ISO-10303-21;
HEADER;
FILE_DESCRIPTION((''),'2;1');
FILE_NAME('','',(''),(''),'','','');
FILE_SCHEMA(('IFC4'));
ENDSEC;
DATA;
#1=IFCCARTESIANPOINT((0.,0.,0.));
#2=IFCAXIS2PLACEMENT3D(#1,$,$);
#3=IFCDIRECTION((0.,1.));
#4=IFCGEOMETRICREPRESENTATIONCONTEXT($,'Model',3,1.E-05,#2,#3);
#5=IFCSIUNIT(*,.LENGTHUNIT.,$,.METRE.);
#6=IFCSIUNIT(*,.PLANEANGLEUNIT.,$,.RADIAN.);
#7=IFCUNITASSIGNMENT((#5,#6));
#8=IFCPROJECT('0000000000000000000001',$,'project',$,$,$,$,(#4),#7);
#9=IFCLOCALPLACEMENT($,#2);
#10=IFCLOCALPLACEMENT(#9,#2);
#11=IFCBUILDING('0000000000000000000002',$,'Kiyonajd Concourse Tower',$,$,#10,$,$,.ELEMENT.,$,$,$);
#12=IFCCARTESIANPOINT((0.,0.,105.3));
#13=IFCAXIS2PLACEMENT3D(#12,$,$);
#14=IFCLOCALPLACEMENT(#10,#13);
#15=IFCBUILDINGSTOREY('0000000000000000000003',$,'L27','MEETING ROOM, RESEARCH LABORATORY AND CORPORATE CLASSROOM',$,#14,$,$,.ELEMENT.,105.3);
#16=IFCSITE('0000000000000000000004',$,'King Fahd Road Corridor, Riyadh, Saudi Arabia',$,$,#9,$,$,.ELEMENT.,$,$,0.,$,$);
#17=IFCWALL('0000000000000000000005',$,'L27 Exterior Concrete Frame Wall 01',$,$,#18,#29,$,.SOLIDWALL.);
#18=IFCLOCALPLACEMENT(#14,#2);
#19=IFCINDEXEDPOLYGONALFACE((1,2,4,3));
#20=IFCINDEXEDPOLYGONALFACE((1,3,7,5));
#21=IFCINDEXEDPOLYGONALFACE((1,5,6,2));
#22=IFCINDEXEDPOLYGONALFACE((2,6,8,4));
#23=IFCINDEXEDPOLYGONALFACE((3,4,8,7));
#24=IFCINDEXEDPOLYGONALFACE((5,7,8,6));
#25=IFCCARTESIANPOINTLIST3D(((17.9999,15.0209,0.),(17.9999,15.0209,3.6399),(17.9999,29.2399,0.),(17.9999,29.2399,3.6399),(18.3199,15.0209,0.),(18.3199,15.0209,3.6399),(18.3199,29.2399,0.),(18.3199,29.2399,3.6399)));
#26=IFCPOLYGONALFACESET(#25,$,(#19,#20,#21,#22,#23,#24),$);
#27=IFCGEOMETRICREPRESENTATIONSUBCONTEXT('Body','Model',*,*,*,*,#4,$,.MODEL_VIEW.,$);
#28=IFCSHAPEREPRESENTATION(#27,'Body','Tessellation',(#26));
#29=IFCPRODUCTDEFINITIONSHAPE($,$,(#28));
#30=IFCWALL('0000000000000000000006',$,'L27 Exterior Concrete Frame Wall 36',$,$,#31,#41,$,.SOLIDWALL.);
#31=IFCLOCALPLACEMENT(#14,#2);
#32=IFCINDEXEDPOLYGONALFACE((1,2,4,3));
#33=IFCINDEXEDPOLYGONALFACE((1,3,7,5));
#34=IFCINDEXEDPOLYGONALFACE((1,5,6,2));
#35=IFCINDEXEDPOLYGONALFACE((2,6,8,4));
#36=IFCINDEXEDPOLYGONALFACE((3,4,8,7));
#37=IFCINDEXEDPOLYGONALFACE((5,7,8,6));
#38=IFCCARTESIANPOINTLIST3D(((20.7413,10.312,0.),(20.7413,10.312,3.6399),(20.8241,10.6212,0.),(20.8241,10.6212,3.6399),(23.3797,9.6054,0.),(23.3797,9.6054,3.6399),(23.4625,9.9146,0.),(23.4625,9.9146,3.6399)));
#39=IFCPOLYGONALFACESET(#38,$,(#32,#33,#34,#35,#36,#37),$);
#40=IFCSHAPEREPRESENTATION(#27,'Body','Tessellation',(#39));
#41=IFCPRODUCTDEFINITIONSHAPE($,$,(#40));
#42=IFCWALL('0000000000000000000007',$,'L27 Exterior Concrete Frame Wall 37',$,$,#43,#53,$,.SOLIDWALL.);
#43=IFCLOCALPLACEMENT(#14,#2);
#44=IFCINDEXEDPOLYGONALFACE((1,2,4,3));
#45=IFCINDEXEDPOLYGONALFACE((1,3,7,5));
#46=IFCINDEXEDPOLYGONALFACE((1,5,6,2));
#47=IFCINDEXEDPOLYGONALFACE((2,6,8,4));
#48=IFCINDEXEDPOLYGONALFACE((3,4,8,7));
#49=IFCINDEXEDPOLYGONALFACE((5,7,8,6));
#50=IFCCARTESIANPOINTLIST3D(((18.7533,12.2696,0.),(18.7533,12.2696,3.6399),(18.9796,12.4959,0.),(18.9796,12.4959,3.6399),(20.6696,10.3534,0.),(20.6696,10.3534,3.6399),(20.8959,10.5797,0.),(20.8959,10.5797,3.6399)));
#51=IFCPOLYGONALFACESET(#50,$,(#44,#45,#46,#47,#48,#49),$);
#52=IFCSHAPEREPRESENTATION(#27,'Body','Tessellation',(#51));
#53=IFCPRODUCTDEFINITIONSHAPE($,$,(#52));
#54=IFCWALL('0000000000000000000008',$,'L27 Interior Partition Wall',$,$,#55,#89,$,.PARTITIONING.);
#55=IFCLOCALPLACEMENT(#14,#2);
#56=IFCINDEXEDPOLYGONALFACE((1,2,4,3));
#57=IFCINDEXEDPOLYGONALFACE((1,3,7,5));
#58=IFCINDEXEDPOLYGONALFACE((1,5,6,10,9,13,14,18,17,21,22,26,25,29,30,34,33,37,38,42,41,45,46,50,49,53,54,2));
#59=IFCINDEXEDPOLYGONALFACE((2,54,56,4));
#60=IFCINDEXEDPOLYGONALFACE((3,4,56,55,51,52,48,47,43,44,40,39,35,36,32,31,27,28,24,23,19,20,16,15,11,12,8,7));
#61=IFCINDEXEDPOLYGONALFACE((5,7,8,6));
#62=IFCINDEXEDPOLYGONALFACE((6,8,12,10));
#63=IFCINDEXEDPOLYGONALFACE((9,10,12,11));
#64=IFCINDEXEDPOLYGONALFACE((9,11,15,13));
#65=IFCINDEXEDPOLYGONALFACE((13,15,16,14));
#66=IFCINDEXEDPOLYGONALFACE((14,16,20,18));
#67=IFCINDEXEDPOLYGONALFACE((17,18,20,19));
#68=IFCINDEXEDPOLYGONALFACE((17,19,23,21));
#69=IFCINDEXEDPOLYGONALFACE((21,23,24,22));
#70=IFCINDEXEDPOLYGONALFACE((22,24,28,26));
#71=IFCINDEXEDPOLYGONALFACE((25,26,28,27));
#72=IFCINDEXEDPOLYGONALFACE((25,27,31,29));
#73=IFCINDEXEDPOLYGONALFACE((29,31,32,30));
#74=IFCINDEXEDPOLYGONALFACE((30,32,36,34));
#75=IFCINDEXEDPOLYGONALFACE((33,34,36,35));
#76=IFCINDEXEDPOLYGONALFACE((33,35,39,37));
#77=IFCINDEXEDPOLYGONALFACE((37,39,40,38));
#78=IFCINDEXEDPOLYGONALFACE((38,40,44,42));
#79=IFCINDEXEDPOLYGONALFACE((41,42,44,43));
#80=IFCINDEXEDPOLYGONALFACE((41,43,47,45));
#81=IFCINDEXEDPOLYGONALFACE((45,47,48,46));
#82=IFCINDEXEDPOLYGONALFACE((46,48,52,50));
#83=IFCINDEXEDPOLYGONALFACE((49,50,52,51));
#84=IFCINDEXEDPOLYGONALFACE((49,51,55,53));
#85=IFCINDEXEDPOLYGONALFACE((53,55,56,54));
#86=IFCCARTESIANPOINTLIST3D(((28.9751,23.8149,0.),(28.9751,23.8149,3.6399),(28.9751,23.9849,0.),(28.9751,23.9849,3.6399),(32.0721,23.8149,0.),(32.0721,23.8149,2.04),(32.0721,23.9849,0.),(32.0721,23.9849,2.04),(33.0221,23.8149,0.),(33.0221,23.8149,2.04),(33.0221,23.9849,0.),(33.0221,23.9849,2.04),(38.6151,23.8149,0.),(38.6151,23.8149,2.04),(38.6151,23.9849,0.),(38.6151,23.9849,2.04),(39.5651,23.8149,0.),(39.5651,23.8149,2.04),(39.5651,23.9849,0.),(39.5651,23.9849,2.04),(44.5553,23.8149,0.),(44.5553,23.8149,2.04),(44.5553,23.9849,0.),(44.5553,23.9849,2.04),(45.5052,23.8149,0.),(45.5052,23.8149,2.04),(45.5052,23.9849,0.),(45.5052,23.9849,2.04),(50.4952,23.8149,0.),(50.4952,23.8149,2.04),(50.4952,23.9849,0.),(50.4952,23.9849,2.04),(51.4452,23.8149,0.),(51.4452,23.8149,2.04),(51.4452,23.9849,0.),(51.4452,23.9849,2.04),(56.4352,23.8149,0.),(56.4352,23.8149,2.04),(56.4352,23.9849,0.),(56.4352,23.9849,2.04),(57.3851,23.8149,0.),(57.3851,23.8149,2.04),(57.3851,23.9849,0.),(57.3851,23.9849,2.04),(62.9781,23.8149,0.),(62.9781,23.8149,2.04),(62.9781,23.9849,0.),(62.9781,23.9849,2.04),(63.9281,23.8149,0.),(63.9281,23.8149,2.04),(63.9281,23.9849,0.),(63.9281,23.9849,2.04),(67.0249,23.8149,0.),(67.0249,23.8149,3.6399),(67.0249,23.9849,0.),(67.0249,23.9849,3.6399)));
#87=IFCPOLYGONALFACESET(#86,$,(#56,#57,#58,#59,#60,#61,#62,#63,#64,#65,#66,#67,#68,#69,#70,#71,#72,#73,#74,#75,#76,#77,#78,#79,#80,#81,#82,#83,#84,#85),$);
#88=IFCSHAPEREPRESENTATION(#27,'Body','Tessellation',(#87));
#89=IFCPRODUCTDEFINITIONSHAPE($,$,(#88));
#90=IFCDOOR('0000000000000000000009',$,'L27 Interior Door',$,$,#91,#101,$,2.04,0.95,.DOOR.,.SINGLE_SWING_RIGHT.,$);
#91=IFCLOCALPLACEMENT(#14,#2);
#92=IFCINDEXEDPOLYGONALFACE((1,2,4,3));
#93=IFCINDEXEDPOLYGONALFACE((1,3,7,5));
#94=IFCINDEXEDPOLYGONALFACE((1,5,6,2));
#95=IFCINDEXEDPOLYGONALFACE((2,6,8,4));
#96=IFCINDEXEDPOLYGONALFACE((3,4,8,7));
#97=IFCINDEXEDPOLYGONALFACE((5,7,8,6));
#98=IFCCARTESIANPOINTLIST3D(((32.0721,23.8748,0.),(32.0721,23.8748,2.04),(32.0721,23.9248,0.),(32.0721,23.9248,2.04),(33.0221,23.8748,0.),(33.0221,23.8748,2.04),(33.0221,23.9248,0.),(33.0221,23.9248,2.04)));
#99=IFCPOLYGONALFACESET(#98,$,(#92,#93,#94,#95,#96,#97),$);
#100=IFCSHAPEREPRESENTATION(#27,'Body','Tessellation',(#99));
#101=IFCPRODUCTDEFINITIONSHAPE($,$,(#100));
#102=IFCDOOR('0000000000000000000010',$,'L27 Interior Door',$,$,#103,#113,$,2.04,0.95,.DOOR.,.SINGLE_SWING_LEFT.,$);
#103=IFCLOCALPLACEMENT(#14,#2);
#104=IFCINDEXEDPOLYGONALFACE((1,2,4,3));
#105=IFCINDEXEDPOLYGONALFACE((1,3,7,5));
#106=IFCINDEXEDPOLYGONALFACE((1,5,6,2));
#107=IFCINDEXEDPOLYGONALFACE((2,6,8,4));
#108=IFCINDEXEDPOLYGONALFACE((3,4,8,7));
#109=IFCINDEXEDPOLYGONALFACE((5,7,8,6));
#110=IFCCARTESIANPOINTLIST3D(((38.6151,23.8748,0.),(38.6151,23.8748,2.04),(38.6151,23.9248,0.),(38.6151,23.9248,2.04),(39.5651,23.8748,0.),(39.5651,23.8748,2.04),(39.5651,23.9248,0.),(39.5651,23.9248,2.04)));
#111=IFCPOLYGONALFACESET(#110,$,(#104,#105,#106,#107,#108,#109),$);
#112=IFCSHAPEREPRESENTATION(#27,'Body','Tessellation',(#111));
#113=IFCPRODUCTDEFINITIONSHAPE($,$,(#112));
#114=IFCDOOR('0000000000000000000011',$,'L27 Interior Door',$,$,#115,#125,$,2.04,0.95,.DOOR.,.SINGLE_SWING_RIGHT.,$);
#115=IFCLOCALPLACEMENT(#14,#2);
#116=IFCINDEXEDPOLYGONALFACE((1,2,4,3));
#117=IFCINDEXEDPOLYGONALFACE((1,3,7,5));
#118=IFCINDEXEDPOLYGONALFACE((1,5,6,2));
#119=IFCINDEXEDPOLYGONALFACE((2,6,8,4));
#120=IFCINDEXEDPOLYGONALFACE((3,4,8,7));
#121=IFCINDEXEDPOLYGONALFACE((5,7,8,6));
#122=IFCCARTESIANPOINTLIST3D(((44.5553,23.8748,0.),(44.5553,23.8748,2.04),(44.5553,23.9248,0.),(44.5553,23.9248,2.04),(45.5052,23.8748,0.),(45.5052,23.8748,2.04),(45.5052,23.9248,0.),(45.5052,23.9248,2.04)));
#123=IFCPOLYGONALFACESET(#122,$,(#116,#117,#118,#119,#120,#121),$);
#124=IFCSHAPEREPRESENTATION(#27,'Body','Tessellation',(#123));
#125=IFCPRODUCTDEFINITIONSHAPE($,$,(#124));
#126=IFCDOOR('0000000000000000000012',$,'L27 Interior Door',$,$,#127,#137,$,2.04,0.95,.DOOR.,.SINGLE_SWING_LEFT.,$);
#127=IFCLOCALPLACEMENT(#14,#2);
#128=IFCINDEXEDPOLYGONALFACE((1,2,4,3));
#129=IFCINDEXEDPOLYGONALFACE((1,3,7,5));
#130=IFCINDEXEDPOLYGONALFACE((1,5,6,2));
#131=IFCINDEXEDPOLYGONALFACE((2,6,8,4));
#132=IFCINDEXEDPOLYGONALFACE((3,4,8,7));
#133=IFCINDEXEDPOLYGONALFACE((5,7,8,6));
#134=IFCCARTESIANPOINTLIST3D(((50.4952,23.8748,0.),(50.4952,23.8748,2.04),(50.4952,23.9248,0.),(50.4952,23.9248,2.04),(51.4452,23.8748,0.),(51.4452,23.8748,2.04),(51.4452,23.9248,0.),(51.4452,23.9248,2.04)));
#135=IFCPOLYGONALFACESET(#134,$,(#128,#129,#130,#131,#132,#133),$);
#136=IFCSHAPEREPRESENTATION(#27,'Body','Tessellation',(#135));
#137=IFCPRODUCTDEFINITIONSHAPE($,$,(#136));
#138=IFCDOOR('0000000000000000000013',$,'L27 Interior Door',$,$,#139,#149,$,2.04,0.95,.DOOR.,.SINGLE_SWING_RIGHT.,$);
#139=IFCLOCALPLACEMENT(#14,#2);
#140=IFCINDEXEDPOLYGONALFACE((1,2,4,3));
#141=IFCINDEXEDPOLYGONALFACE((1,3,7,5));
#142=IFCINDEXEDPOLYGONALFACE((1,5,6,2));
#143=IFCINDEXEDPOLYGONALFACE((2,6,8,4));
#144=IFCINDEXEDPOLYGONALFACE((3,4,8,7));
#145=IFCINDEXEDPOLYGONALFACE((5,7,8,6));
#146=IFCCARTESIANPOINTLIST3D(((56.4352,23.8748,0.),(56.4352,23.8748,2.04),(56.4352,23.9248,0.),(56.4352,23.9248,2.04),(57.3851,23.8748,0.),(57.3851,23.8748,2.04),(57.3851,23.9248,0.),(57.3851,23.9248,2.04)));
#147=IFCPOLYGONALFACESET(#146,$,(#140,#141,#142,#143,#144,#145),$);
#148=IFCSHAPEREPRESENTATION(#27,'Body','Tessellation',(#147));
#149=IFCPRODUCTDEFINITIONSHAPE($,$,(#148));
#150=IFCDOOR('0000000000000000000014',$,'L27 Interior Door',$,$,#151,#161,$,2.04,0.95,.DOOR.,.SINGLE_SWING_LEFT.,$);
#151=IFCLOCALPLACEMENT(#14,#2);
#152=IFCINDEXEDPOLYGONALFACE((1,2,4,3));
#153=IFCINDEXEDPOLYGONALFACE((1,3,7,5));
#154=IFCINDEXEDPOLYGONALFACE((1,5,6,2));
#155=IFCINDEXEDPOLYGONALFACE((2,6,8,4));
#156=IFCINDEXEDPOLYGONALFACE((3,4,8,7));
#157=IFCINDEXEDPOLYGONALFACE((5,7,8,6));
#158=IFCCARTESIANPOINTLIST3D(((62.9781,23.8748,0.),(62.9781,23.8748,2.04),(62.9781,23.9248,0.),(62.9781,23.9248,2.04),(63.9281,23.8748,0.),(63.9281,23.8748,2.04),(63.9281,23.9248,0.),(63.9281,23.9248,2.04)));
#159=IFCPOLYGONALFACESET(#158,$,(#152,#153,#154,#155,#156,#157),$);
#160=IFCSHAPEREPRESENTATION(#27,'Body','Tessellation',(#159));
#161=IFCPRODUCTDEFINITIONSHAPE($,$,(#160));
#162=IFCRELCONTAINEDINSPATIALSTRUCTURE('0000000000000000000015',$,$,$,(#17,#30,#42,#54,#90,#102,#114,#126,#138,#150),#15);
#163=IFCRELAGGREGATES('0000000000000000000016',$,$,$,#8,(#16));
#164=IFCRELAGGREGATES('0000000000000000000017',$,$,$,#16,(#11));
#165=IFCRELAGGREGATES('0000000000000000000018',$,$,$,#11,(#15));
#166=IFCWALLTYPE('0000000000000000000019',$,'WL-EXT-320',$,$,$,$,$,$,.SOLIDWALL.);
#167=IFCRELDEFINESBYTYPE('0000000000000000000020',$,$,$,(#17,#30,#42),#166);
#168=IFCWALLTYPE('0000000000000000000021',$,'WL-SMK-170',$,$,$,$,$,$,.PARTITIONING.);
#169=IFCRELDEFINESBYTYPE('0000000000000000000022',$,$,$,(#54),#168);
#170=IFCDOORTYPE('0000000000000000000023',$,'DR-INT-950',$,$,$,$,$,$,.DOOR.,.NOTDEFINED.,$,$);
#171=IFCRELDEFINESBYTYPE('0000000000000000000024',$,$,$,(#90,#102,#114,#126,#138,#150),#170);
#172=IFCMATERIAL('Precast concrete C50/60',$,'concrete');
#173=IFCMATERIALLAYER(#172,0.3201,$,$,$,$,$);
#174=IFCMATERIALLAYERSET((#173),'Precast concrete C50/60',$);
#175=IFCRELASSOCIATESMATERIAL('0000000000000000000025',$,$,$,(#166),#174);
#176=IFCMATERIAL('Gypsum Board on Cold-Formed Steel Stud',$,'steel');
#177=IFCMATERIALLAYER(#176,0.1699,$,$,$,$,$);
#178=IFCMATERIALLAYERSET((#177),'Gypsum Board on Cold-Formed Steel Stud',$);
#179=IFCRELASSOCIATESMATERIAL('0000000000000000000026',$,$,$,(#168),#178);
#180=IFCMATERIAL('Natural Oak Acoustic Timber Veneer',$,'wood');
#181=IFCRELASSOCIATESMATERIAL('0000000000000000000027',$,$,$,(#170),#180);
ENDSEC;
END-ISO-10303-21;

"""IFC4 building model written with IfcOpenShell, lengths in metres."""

from ifc_helpers import new_model, si_unit, direction, frame, frame_2d, origin, place, context, subcontext, project, spatial, rectangle, extrude, material, layer, layer_set, type_object, element, fill, save


model = new_model("IFC4")

# Units and contexts
model_context = context("Model", 3, precision=1e-05, world=origin(), true_north=direction((0.0, 1.0)))
body_context = subcontext(model_context, "Body", "Model", "MODEL_VIEW")
ifc_project = project(units=[si_unit("LENGTHUNIT", "METRE"), si_unit("PLANEANGLEUNIT", "RADIAN")], contexts=[model_context])

# Site, building, storey
site_placement = place(None, origin())
site = spatial("IfcSite", under=ifc_project, at=site_placement, Name="King Fahd Road Corridor, Riyadh, Saudi Arabia", CompositionType="ELEMENT", RefElevation=0.0)
building_placement = place(site_placement, origin())
building = spatial("IfcBuilding", under=site, at=building_placement, Name="Kiyonajd Concourse Tower", CompositionType="ELEMENT")
storey_placement = place(building_placement, frame((0.0, 0.0, 105.3)))
storey = spatial("IfcBuildingStorey", under=building, at=storey_placement, Name="L27", Description="MEETING ROOM, RESEARCH LABORATORY AND CORPORATE CLASSROOM", CompositionType="ELEMENT", Elevation=105.3)

# Shared definitions
ifc_material_1 = material(Name="Precast concrete C50/60", Category="concrete")

# Walls
ifc_layer_1 = layer(ifc_material_1, 0.3201)
ifc_layer_set_1 = layer_set([ifc_layer_1], Name="Precast concrete C50/60")
wall_type_1 = type_object("IfcWallType", Name="WL-EXT-320", PredefinedType="SOLIDWALL", material=ifc_layer_set_1)
wall_1_placement = place(storey_placement, frame((18.1599, 15.021, 0.0), z_axis=(0.0, 0.0, 1.0), x_axis=(0.0, 1.0, 0.0)))
element("IfcWall", 1, at=wall_1_placement, inside=storey, type_object=wall_type_1, Name="L27 Exterior Concrete Frame Wall 01", PredefinedType="SOLIDWALL", context=body_context, shape_type="SweptSolid", body=[
    extrude(rectangle(XDim=14.219, YDim=0.3201, at=frame_2d((7.1094, 0.0))), origin(), (0.0, 0.0, 1.0), 3.6399),
])
wall_2_placement = place(storey_placement, frame((23.4211, 9.76, 0.0), z_axis=(0.0, 0.0, 1.0), x_axis=(-0.965964, 0.258675, 0.0)))
element("IfcWall", 2, at=wall_2_placement, inside=storey, type_object=wall_type_1, Name="L27 Exterior Concrete Frame Wall 36", PredefinedType="SOLIDWALL", context=body_context, shape_type="SweptSolid", body=[
    extrude(rectangle(XDim=2.7314, YDim=0.3201, at=frame_2d((1.3657, 0.0))), origin(), (0.0, 0.0, 1.0), 3.6399),
])
wall_3_placement = place(storey_placement, frame((20.7827, 10.4666, 0.0), z_axis=(0.0, 0.0, 1.0), x_axis=(-0.707107, 0.707107, 0.0)))
element("IfcWall", 3, at=wall_3_placement, inside=storey, type_object=wall_type_1, Name="L27 Exterior Concrete Frame Wall 37", PredefinedType="SOLIDWALL", context=body_context, shape_type="SweptSolid", body=[
    extrude(rectangle(XDim=2.71, YDim=0.3201, at=frame_2d((1.355, 0.0))), origin(), (0.0, 0.0, 1.0), 3.6399),
])

# Wall, openings, doors
ifc_material_2 = material(Name="Gypsum Board on Cold-Formed Steel Stud", Category="steel")
ifc_layer_2 = layer(ifc_material_2, 0.1699)
ifc_layer_set_2 = layer_set([ifc_layer_2], Name="Gypsum Board on Cold-Formed Steel Stud")
wall_type_2 = type_object("IfcWallType", Name="WL-SMK-170", PredefinedType="PARTITIONING", material=ifc_layer_set_2)
wall_4_placement = place(storey_placement, frame((28.9751, 23.8999, 0.0), z_axis=(0.0, 0.0, 1.0), x_axis=(1.0, 0.0, 0.0)))
wall_4 = element("IfcWall", 4, at=wall_4_placement, inside=storey, type_object=wall_type_2, Name="L27 Interior Partition Wall", PredefinedType="PARTITIONING", context=body_context, shape_type="SweptSolid", body=[
    extrude(rectangle(XDim=38.0498, YDim=0.1699, at=frame_2d((19.0249, 0.0))), origin(), (0.0, 0.0, 1.0), 3.6399),
])
opening_1_placement = place(wall_4_placement, frame((3.0969, 0.0, 0.0)))
opening_1 = element("IfcOpeningElement", 5, at=opening_1_placement, cuts=wall_4, PredefinedType="OPENING", context=body_context, shape_type="SweptSolid", body=[
    extrude(rectangle(XDim=0.95, YDim=2.04, at=frame_2d((0.4751, 1.02))), frame((0.0, 0.095, 0.0), z_axis=(0.0, -1.0, 0.0), x_axis=(1.0, 0.0, 0.0)), (0.0, 0.0, 1.0), 0.1899),
])
opening_2_placement = place(wall_4_placement, frame((9.6399, 0.0, 0.0)))
opening_2 = element("IfcOpeningElement", 6, at=opening_2_placement, cuts=wall_4, PredefinedType="OPENING", context=body_context, shape_type="SweptSolid", body=[
    extrude(rectangle(XDim=0.95, YDim=2.04, at=frame_2d((0.4751, 1.02))), frame((0.0, 0.095, 0.0), z_axis=(0.0, -1.0, 0.0), x_axis=(1.0, 0.0, 0.0)), (0.0, 0.0, 1.0), 0.1899),
])
opening_3_placement = place(wall_4_placement, frame((15.5801, 0.0, 0.0)))
opening_3 = element("IfcOpeningElement", 7, at=opening_3_placement, cuts=wall_4, PredefinedType="OPENING", context=body_context, shape_type="SweptSolid", body=[
    extrude(rectangle(XDim=0.95, YDim=2.04, at=frame_2d((0.4751, 1.02))), frame((0.0, 0.095, 0.0), z_axis=(0.0, -1.0, 0.0), x_axis=(1.0, 0.0, 0.0)), (0.0, 0.0, 1.0), 0.1899),
])
opening_4_placement = place(wall_4_placement, frame((21.52, 0.0, 0.0)))
opening_4 = element("IfcOpeningElement", 8, at=opening_4_placement, cuts=wall_4, PredefinedType="OPENING", context=body_context, shape_type="SweptSolid", body=[
    extrude(rectangle(XDim=0.95, YDim=2.04, at=frame_2d((0.4751, 1.02))), frame((0.0, 0.095, 0.0), z_axis=(0.0, -1.0, 0.0), x_axis=(1.0, 0.0, 0.0)), (0.0, 0.0, 1.0), 0.1899),
])
opening_5_placement = place(wall_4_placement, frame((27.46, 0.0, 0.0)))
opening_5 = element("IfcOpeningElement", 9, at=opening_5_placement, cuts=wall_4, PredefinedType="OPENING", context=body_context, shape_type="SweptSolid", body=[
    extrude(rectangle(XDim=0.95, YDim=2.04, at=frame_2d((0.4751, 1.02))), frame((0.0, 0.095, 0.0), z_axis=(0.0, -1.0, 0.0), x_axis=(1.0, 0.0, 0.0)), (0.0, 0.0, 1.0), 0.1899),
])
opening_6_placement = place(wall_4_placement, frame((34.0029, 0.0, 0.0)))
opening_6 = element("IfcOpeningElement", 10, at=opening_6_placement, cuts=wall_4, PredefinedType="OPENING", context=body_context, shape_type="SweptSolid", body=[
    extrude(rectangle(XDim=0.95, YDim=2.04, at=frame_2d((0.4751, 1.02))), frame((0.0, 0.095, 0.0), z_axis=(0.0, -1.0, 0.0), x_axis=(1.0, 0.0, 0.0)), (0.0, 0.0, 1.0), 0.1899),
])
ifc_material_3 = material(Name="Natural Oak Acoustic Timber Veneer", Category="wood")
door_type = type_object("IfcDoorType", Name="DR-INT-950", OperationType="NOTDEFINED", PredefinedType="DOOR", material=ifc_material_3)
door_1_placement = place(opening_1_placement, origin())
door_1 = element("IfcDoor", 11, at=door_1_placement, inside=storey, type_object=door_type, Name="L27 Interior Door", OperationType="SINGLE_SWING_RIGHT", OverallHeight=2.04, OverallWidth=0.95, PredefinedType="DOOR", context=body_context, shape_type="SweptSolid", body=[
    extrude(rectangle(XDim=0.95, YDim=2.04, at=frame_2d((0.4751, 1.02))), frame((0.0, 0.0249, 0.0), z_axis=(0.0, -1.0, 0.0), x_axis=(1.0, 0.0, 0.0)), (0.0, 0.0, 1.0), 0.05),
])
fill(opening_1, door_1)
door_2_placement = place(opening_2_placement, origin())
door_2 = element("IfcDoor", 12, at=door_2_placement, inside=storey, type_object=door_type, Name="L27 Interior Door", OperationType="SINGLE_SWING_LEFT", OverallHeight=2.04, OverallWidth=0.95, PredefinedType="DOOR", context=body_context, shape_type="SweptSolid", body=[
    extrude(rectangle(XDim=0.95, YDim=2.04, at=frame_2d((0.4751, 1.02))), frame((0.0, 0.0249, 0.0), z_axis=(0.0, -1.0, 0.0), x_axis=(1.0, 0.0, 0.0)), (0.0, 0.0, 1.0), 0.05),
])
fill(opening_2, door_2)
door_3_placement = place(opening_3_placement, origin())
door_3 = element("IfcDoor", 13, at=door_3_placement, inside=storey, type_object=door_type, Name="L27 Interior Door", OperationType="SINGLE_SWING_RIGHT", OverallHeight=2.04, OverallWidth=0.95, PredefinedType="DOOR", context=body_context, shape_type="SweptSolid", body=[
    extrude(rectangle(XDim=0.95, YDim=2.04, at=frame_2d((0.4751, 1.02))), frame((0.0, 0.0249, 0.0), z_axis=(0.0, -1.0, 0.0), x_axis=(1.0, 0.0, 0.0)), (0.0, 0.0, 1.0), 0.05),
])
fill(opening_3, door_3)
door_4_placement = place(opening_4_placement, origin())
door_4 = element("IfcDoor", 14, at=door_4_placement, inside=storey, type_object=door_type, Name="L27 Interior Door", OperationType="SINGLE_SWING_LEFT", OverallHeight=2.04, OverallWidth=0.95, PredefinedType="DOOR", context=body_context, shape_type="SweptSolid", body=[
    extrude(rectangle(XDim=0.95, YDim=2.04, at=frame_2d((0.4751, 1.02))), frame((0.0, 0.0249, 0.0), z_axis=(0.0, -1.0, 0.0), x_axis=(1.0, 0.0, 0.0)), (0.0, 0.0, 1.0), 0.05),
])
fill(opening_4, door_4)
door_5_placement = place(opening_5_placement, origin())
door_5 = element("IfcDoor", 15, at=door_5_placement, inside=storey, type_object=door_type, Name="L27 Interior Door", OperationType="SINGLE_SWING_RIGHT", OverallHeight=2.04, OverallWidth=0.95, PredefinedType="DOOR", context=body_context, shape_type="SweptSolid", body=[
    extrude(rectangle(XDim=0.95, YDim=2.04, at=frame_2d((0.4751, 1.02))), frame((0.0, 0.0249, 0.0), z_axis=(0.0, -1.0, 0.0), x_axis=(1.0, 0.0, 0.0)), (0.0, 0.0, 1.0), 0.05),
])
fill(opening_5, door_5)
door_6_placement = place(opening_6_placement, origin())
door_6 = element("IfcDoor", 16, at=door_6_placement, inside=storey, type_object=door_type, Name="L27 Interior Door", OperationType="SINGLE_SWING_LEFT", OverallHeight=2.04, OverallWidth=0.95, PredefinedType="DOOR", context=body_context, shape_type="SweptSolid", body=[
    extrude(rectangle(XDim=0.95, YDim=2.04, at=frame_2d((0.4751, 1.02))), frame((0.0, 0.0249, 0.0), z_axis=(0.0, -1.0, 0.0), x_axis=(1.0, 0.0, 0.0)), (0.0, 0.0, 1.0), 0.05),
])
fill(opening_6, door_6)

save(model, "model.ifc")
